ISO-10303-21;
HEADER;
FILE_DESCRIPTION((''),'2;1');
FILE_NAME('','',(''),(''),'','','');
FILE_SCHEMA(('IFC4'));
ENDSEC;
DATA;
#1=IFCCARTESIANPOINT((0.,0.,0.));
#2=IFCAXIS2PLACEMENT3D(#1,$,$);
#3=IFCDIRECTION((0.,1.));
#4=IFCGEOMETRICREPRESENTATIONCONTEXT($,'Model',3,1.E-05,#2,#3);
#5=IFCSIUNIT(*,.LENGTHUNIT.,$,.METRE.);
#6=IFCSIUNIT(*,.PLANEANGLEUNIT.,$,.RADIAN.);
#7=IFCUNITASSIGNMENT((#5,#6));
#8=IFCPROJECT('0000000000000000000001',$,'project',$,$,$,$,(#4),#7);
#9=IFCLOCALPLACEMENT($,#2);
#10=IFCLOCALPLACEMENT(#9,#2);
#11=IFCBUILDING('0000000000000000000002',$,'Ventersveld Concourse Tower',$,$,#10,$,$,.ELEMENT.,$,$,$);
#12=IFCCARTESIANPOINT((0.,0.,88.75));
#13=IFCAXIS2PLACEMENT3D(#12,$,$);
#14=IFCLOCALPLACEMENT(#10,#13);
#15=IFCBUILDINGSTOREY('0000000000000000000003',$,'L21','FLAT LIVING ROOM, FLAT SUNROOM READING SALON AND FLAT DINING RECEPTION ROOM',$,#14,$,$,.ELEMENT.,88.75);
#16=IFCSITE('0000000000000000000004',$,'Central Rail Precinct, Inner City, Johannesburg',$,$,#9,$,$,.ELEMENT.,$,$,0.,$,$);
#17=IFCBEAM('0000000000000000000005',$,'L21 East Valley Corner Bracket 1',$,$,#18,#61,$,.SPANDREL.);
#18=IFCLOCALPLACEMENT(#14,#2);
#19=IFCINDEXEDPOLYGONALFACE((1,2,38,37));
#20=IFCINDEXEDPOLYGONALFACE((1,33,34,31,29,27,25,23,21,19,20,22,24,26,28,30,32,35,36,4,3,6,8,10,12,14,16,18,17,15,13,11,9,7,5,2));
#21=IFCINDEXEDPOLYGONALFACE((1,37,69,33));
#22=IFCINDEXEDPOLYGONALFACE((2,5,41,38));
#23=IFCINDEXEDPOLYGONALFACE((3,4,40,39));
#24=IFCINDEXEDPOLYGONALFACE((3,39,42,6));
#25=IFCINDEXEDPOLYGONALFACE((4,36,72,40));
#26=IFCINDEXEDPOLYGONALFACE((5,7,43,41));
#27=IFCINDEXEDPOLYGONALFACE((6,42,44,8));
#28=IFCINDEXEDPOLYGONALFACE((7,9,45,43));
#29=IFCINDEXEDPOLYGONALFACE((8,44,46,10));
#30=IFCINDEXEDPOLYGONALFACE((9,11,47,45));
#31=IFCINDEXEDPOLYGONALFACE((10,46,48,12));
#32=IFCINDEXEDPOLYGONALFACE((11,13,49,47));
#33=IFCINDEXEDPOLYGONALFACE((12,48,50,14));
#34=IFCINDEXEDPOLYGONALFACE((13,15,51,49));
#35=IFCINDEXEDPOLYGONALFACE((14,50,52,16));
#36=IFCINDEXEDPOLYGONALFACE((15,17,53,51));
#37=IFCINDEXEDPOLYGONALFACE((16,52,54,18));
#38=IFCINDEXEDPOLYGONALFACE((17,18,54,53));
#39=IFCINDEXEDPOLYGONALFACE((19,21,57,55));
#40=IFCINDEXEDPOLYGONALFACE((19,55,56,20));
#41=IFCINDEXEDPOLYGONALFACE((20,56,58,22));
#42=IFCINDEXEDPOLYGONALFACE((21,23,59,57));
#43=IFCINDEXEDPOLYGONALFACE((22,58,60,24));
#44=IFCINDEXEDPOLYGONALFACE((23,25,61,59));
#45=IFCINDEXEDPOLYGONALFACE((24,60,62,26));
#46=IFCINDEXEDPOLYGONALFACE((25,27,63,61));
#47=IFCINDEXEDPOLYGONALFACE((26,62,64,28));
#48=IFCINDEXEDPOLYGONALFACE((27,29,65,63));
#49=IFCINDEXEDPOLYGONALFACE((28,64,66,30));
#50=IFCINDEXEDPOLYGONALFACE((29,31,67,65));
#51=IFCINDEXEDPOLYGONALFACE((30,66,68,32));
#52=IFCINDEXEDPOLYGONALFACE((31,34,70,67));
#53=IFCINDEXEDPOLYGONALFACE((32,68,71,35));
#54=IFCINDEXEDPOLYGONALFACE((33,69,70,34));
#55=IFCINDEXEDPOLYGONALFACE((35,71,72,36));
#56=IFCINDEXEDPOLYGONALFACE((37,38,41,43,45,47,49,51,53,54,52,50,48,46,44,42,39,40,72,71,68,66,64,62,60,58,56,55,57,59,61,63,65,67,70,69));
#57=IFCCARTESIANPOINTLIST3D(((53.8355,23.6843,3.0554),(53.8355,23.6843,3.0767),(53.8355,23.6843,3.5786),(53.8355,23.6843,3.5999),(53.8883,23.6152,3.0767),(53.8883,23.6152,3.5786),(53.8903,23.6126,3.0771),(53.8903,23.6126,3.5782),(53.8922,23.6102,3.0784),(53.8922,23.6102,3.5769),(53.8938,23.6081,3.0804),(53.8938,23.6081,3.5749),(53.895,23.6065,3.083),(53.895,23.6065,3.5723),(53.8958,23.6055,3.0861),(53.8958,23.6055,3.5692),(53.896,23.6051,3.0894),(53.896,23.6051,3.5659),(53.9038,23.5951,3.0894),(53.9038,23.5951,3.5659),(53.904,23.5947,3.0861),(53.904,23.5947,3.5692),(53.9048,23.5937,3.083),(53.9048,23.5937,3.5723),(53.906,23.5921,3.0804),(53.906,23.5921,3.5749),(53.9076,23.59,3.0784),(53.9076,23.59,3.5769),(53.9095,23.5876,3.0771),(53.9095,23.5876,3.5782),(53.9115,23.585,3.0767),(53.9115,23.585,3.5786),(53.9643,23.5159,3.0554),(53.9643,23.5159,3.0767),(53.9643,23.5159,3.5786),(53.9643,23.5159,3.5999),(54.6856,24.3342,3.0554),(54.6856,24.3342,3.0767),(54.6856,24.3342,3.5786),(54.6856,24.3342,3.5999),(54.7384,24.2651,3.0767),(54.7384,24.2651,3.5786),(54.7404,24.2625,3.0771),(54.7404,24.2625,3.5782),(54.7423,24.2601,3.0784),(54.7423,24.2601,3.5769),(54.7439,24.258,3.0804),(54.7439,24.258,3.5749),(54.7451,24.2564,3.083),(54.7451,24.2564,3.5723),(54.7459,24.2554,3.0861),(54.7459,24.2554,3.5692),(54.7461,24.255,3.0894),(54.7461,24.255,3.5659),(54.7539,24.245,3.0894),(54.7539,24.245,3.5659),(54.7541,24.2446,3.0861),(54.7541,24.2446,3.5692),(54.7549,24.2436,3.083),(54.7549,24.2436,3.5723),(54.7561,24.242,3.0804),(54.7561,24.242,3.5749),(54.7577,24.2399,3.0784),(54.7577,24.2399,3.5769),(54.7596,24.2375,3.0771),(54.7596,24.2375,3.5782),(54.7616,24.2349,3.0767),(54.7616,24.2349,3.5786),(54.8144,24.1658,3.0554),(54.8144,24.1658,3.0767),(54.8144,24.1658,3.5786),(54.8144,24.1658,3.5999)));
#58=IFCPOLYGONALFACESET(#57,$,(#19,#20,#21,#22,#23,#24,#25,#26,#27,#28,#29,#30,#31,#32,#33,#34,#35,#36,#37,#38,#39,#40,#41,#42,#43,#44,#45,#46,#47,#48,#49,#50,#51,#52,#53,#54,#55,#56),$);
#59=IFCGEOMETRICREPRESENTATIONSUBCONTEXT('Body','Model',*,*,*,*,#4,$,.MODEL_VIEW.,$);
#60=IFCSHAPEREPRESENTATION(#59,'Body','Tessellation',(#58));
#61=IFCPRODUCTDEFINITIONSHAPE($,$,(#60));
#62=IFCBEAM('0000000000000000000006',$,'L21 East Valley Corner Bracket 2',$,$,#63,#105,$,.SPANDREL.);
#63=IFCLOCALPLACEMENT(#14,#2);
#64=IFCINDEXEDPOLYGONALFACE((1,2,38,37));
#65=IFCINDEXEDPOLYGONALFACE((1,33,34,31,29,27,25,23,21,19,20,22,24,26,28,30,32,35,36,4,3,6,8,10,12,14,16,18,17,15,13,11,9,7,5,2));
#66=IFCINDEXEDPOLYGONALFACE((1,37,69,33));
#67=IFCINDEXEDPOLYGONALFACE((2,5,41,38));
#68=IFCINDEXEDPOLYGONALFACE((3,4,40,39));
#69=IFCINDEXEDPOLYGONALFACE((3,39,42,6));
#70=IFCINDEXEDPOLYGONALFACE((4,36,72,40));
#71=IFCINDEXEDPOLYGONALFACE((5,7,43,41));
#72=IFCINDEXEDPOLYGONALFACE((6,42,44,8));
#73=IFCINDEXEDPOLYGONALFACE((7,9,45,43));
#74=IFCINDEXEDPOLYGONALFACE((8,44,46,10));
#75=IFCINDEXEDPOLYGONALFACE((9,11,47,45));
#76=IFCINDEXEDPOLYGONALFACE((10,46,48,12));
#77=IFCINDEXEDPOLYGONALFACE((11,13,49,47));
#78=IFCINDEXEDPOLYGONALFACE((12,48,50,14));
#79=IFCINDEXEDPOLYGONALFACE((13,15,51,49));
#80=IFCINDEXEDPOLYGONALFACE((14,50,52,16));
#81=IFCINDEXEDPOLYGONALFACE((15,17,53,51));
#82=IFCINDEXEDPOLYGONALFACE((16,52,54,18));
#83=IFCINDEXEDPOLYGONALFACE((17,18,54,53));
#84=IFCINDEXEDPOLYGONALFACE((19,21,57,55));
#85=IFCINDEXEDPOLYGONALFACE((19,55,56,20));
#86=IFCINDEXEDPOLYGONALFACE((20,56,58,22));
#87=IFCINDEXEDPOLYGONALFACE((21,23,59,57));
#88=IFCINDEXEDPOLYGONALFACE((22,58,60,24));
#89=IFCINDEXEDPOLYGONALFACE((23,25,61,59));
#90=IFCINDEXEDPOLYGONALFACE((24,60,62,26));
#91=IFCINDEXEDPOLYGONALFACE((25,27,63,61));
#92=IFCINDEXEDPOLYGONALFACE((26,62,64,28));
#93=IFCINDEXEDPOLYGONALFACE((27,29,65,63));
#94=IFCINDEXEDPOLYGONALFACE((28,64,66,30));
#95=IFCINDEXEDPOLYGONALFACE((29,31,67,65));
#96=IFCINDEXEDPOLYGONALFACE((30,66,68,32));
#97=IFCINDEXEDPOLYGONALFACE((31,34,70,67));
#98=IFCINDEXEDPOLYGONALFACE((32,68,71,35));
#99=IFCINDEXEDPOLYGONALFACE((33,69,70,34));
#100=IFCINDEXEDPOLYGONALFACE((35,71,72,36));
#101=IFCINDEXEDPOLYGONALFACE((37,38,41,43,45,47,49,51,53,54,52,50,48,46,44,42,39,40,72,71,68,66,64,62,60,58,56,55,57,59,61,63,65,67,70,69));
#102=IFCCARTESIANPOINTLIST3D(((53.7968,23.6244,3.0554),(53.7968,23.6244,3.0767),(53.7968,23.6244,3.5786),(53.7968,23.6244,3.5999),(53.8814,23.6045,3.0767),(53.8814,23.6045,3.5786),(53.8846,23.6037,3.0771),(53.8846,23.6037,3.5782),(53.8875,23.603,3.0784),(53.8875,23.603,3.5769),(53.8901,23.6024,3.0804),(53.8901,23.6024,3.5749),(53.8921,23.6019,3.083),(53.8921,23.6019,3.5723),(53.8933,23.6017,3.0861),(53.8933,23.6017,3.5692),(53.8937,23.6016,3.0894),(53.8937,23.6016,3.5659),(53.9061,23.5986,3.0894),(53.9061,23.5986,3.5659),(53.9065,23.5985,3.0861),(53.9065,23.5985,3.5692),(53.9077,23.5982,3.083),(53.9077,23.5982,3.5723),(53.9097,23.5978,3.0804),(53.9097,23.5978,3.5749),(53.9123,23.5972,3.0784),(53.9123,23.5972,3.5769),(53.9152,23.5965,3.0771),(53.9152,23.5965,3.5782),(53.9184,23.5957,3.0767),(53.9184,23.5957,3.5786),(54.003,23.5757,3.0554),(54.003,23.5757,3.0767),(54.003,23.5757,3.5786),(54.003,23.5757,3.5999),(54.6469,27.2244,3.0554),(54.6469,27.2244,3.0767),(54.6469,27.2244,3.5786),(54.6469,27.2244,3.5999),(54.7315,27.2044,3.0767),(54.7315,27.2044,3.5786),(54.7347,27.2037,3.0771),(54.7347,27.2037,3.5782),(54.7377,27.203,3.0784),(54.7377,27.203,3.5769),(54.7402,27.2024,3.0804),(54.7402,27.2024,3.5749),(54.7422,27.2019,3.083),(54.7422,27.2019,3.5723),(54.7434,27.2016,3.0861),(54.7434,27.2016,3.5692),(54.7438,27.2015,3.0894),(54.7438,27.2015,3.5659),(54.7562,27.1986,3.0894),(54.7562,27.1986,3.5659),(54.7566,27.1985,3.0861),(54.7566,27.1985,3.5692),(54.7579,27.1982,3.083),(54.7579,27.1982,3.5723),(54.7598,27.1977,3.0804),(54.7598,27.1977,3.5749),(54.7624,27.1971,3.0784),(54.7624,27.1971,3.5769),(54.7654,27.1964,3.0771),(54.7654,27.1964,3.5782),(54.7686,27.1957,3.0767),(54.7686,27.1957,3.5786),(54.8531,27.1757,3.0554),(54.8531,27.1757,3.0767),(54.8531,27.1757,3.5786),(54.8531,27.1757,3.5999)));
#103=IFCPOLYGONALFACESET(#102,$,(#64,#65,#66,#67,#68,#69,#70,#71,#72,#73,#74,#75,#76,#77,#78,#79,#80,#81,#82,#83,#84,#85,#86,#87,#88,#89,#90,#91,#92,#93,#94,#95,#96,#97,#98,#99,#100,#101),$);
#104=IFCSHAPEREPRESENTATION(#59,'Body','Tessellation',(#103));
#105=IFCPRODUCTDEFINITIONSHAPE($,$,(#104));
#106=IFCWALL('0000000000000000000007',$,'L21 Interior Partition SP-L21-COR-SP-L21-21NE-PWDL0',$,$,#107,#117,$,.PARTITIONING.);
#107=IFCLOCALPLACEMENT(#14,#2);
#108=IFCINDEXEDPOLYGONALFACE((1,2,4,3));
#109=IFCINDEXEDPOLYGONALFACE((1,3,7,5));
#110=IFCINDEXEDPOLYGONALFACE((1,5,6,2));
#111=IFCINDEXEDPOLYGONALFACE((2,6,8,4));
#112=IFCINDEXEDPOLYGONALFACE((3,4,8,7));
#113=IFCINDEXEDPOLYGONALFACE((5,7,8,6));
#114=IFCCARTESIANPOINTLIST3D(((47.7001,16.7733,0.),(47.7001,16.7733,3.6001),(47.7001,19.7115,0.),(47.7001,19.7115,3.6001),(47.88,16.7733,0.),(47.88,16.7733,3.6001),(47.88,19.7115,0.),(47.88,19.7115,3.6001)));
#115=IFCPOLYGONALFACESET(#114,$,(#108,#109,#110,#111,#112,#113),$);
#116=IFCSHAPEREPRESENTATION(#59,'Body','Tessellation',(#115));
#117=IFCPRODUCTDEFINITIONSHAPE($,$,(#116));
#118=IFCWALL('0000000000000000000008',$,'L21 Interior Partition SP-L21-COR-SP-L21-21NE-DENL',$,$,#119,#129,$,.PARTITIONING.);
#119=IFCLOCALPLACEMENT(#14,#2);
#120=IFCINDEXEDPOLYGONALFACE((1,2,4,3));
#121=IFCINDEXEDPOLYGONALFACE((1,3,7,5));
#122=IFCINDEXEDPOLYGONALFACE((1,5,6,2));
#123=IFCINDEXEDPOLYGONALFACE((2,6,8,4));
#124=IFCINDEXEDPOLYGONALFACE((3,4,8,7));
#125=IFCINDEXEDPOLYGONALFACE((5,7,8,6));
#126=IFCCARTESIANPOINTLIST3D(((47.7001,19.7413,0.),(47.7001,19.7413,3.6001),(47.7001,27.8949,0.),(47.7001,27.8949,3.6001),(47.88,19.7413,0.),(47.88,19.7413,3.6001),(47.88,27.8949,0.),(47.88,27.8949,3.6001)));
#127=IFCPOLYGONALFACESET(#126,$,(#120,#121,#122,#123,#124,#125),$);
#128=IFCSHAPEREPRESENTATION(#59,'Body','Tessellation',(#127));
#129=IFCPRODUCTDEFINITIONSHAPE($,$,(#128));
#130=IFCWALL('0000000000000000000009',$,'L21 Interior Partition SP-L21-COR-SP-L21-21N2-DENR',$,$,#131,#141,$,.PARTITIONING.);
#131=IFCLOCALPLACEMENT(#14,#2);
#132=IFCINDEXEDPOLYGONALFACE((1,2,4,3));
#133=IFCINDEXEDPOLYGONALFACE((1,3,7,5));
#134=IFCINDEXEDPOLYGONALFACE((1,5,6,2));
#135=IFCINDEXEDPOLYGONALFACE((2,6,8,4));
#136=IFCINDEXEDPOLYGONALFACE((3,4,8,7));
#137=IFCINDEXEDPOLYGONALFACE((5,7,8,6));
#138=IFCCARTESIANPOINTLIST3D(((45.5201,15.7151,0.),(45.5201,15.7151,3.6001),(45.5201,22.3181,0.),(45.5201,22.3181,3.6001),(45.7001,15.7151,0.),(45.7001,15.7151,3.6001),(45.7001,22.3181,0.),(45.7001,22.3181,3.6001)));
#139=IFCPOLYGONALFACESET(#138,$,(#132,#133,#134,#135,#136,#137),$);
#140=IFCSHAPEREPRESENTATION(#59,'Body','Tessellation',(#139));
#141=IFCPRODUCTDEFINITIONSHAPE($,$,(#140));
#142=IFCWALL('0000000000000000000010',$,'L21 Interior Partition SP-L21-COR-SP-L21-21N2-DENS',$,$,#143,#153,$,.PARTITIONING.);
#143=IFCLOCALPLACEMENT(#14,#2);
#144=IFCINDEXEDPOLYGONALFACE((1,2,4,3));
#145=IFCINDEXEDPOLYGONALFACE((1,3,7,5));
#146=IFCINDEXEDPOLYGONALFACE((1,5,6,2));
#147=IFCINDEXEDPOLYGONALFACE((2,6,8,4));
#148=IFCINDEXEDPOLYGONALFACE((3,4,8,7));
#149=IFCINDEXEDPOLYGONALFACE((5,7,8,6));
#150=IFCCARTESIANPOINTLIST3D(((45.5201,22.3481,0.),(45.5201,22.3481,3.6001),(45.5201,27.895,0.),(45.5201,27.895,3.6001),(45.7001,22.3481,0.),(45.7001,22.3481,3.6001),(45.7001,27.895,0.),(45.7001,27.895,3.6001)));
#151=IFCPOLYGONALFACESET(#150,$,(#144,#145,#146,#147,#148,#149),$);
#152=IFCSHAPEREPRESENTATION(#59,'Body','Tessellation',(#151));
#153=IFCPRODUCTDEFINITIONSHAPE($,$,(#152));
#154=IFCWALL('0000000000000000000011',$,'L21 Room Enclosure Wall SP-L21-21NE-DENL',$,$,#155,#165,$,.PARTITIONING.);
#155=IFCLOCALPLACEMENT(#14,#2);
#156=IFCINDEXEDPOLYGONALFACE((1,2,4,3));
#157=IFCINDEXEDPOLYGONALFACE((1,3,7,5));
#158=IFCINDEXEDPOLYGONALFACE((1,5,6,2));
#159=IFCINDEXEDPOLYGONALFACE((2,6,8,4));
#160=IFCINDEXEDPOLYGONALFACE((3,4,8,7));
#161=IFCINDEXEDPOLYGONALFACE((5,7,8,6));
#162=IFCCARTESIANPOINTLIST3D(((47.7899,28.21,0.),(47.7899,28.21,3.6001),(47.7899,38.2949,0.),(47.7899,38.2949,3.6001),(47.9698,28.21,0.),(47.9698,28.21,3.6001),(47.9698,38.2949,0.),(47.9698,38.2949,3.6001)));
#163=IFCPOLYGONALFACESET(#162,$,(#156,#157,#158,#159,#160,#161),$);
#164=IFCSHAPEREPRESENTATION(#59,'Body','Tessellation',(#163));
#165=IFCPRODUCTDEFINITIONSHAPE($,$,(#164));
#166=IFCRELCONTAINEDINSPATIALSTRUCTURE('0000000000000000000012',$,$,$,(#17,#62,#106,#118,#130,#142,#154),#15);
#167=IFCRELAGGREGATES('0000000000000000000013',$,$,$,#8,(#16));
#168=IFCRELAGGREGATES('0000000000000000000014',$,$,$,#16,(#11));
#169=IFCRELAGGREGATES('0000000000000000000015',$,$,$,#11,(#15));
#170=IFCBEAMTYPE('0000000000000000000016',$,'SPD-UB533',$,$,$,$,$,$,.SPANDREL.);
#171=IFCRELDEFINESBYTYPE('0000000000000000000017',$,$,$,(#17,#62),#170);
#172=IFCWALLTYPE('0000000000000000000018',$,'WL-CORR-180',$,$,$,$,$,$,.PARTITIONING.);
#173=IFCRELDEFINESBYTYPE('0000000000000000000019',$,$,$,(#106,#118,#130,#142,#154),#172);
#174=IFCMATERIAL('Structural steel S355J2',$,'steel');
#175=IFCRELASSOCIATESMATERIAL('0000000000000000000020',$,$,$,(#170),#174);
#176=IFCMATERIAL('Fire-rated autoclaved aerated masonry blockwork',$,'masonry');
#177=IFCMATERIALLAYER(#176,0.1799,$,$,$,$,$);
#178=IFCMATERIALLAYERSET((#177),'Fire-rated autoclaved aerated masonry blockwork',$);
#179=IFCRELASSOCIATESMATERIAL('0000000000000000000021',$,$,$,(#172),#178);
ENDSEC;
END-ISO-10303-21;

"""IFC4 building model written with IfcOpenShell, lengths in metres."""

from ifc_helpers import new_model, si_unit, direction, frame, frame_2d, origin, origin_2d, place, context, subcontext, project, spatial, rectangle, i_section, extrude, material, layer, layer_set, material_profile, profile_set, type_object, element, save


model = new_model("IFC4")

# Units and contexts
model_context = context("Model", 3, precision=1e-05, world=origin(), true_north=direction((0.0, 1.0)))
body_context = subcontext(model_context, "Body", "Model", "MODEL_VIEW")
ifc_project = project(units=[si_unit("LENGTHUNIT", "METRE"), si_unit("PLANEANGLEUNIT", "RADIAN")], contexts=[model_context])

# Site, building, storey
site_placement = place(None, origin())
site = spatial("IfcSite", under=ifc_project, at=site_placement, Name="Central Rail Precinct, Inner City, Johannesburg", CompositionType="ELEMENT", RefElevation=0.0)
building_placement = place(site_placement, origin())
building = spatial("IfcBuilding", under=site, at=building_placement, Name="Ventersveld Concourse Tower", CompositionType="ELEMENT")
storey_placement = place(building_placement, frame((0.0, 0.0, 88.75)))
storey = spatial("IfcBuildingStorey", under=building, at=storey_placement, Name="L21", Description="FLAT LIVING ROOM, FLAT SUNROOM READING SALON AND FLAT DINING RECEPTION ROOM", CompositionType="ELEMENT", Elevation=88.75)

# Beams
ifc_material_1 = material(Name="Structural steel S355J2", Category="steel")
ifc_material_profile_1 = material_profile(ifc_material_1, i_section(OverallWidth=0.2119, OverallDepth=0.5444, WebThickness=0.0127, FlangeThickness=0.0212, FilletRadius=0.0127, at=origin_2d()), Name="UB 533x210x122")
ifc_profile_set_1 = profile_set([ifc_material_profile_1], Name="Structural steel S355J2")
beam_type_1 = type_object("IfcBeamType", Name="SPD-UB533", PredefinedType="SPANDREL", material=ifc_profile_set_1)
beam_1_placement = place(storey_placement, frame((53.8999, 23.6001, 3.3276), z_axis=(0.794436, 0.607348, 0.0), x_axis=(-0.607348, 0.794436, 0.0)))
element("IfcBeam", 1, at=beam_1_placement, inside=storey, type_object=beam_type_1, Name="L21 East Valley Corner Bracket 1", PredefinedType="SPANDREL", context=body_context, shape_type="SweptSolid", body=[
    extrude(i_section(OverallWidth=0.2119, OverallDepth=0.5444, WebThickness=0.0127, FlangeThickness=0.0212, FilletRadius=0.0127, at=origin_2d()), origin(), (0.0, 0.0, 1.0), 1.0701),
])
beam_2_placement = place(storey_placement, frame((53.8999, 23.6001, 3.3276), z_axis=(0.229827, 0.973232, 0.0), x_axis=(-0.973232, 0.229827, 0.0)))
element("IfcBeam", 2, at=beam_2_placement, inside=storey, type_object=beam_type_1, Name="L21 East Valley Corner Bracket 2", PredefinedType="SPANDREL", context=body_context, shape_type="SweptSolid", body=[
    extrude(i_section(OverallWidth=0.2119, OverallDepth=0.5444, WebThickness=0.0127, FlangeThickness=0.0212, FilletRadius=0.0127, at=origin_2d()), origin(), (0.0, 0.0, 1.0), 3.699),
])

# Walls
ifc_material_2 = material(Name="Fire-rated autoclaved aerated masonry blockwork", Category="masonry")
ifc_layer_1 = layer(ifc_material_2, 0.1799)
ifc_layer_set_1 = layer_set([ifc_layer_1], Name="Fire-rated autoclaved aerated masonry blockwork")
wall_type_1 = type_object("IfcWallType", Name="WL-CORR-180", PredefinedType="PARTITIONING", material=ifc_layer_set_1)
wall_1_placement = place(storey_placement, frame((47.79, 16.7732, 0.0), z_axis=(0.0, 0.0, 1.0), x_axis=(0.0, 1.0, 0.0)))
element("IfcWall", 3, at=wall_1_placement, inside=storey, type_object=wall_type_1, Name="L21 Interior Partition SP-L21-COR-SP-L21-21NE-PWDL0", PredefinedType="PARTITIONING", context=body_context, shape_type="SweptSolid", body=[
    extrude(rectangle(XDim=2.9382, YDim=0.1799, at=frame_2d((1.4692, 0.0))), origin(), (0.0, 0.0, 1.0), 3.6001),
])
wall_2_placement = place(storey_placement, frame((47.79, 19.7415, 0.0), z_axis=(0.0, 0.0, 1.0), x_axis=(0.0, 1.0, 0.0)))
element("IfcWall", 4, at=wall_2_placement, inside=storey, type_object=wall_type_1, Name="L21 Interior Partition SP-L21-COR-SP-L21-21NE-DENL", PredefinedType="PARTITIONING", context=body_context, shape_type="SweptSolid", body=[
    extrude(rectangle(XDim=8.1536, YDim=0.1799, at=frame_2d((4.0767, 0.0))), origin(), (0.0, 0.0, 1.0), 3.6001),
])
wall_3_placement = place(storey_placement, frame((45.6101, 15.7151, 0.0), z_axis=(0.0, 0.0, 1.0), x_axis=(0.0, 1.0, 0.0)))
element("IfcWall", 5, at=wall_3_placement, inside=storey, type_object=wall_type_1, Name="L21 Interior Partition SP-L21-COR-SP-L21-21N2-DENR", PredefinedType="PARTITIONING", context=body_context, shape_type="SweptSolid", body=[
    extrude(rectangle(XDim=6.603, YDim=0.1799, at=frame_2d((3.3015, 0.0))), origin(), (0.0, 0.0, 1.0), 3.6001),
])
wall_4_placement = place(storey_placement, frame((45.6101, 22.3481, 0.0), z_axis=(0.0, 0.0, 1.0), x_axis=(0.0, 1.0, 0.0)))
element("IfcWall", 6, at=wall_4_placement, inside=storey, type_object=wall_type_1, Name="L21 Interior Partition SP-L21-COR-SP-L21-21N2-DENS", PredefinedType="PARTITIONING", context=body_context, shape_type="SweptSolid", body=[
    extrude(rectangle(XDim=5.5469, YDim=0.1799, at=frame_2d((2.7734, 0.0))), origin(), (0.0, 0.0, 1.0), 3.6001),
])
wall_5_placement = place(storey_placement, frame((47.8799, 28.21, 0.0), z_axis=(0.0, 0.0, 1.0), x_axis=(0.0, 1.0, 0.0)))
element("IfcWall", 7, at=wall_5_placement, inside=storey, type_object=wall_type_1, Name="L21 Room Enclosure Wall SP-L21-21NE-DENL", PredefinedType="PARTITIONING", context=body_context, shape_type="SweptSolid", body=[
    extrude(rectangle(XDim=10.085, YDim=0.1799, at=frame_2d((5.0425, 0.0))), origin(), (0.0, 0.0, 1.0), 3.6001),
])

save(model, "model.ifc")
